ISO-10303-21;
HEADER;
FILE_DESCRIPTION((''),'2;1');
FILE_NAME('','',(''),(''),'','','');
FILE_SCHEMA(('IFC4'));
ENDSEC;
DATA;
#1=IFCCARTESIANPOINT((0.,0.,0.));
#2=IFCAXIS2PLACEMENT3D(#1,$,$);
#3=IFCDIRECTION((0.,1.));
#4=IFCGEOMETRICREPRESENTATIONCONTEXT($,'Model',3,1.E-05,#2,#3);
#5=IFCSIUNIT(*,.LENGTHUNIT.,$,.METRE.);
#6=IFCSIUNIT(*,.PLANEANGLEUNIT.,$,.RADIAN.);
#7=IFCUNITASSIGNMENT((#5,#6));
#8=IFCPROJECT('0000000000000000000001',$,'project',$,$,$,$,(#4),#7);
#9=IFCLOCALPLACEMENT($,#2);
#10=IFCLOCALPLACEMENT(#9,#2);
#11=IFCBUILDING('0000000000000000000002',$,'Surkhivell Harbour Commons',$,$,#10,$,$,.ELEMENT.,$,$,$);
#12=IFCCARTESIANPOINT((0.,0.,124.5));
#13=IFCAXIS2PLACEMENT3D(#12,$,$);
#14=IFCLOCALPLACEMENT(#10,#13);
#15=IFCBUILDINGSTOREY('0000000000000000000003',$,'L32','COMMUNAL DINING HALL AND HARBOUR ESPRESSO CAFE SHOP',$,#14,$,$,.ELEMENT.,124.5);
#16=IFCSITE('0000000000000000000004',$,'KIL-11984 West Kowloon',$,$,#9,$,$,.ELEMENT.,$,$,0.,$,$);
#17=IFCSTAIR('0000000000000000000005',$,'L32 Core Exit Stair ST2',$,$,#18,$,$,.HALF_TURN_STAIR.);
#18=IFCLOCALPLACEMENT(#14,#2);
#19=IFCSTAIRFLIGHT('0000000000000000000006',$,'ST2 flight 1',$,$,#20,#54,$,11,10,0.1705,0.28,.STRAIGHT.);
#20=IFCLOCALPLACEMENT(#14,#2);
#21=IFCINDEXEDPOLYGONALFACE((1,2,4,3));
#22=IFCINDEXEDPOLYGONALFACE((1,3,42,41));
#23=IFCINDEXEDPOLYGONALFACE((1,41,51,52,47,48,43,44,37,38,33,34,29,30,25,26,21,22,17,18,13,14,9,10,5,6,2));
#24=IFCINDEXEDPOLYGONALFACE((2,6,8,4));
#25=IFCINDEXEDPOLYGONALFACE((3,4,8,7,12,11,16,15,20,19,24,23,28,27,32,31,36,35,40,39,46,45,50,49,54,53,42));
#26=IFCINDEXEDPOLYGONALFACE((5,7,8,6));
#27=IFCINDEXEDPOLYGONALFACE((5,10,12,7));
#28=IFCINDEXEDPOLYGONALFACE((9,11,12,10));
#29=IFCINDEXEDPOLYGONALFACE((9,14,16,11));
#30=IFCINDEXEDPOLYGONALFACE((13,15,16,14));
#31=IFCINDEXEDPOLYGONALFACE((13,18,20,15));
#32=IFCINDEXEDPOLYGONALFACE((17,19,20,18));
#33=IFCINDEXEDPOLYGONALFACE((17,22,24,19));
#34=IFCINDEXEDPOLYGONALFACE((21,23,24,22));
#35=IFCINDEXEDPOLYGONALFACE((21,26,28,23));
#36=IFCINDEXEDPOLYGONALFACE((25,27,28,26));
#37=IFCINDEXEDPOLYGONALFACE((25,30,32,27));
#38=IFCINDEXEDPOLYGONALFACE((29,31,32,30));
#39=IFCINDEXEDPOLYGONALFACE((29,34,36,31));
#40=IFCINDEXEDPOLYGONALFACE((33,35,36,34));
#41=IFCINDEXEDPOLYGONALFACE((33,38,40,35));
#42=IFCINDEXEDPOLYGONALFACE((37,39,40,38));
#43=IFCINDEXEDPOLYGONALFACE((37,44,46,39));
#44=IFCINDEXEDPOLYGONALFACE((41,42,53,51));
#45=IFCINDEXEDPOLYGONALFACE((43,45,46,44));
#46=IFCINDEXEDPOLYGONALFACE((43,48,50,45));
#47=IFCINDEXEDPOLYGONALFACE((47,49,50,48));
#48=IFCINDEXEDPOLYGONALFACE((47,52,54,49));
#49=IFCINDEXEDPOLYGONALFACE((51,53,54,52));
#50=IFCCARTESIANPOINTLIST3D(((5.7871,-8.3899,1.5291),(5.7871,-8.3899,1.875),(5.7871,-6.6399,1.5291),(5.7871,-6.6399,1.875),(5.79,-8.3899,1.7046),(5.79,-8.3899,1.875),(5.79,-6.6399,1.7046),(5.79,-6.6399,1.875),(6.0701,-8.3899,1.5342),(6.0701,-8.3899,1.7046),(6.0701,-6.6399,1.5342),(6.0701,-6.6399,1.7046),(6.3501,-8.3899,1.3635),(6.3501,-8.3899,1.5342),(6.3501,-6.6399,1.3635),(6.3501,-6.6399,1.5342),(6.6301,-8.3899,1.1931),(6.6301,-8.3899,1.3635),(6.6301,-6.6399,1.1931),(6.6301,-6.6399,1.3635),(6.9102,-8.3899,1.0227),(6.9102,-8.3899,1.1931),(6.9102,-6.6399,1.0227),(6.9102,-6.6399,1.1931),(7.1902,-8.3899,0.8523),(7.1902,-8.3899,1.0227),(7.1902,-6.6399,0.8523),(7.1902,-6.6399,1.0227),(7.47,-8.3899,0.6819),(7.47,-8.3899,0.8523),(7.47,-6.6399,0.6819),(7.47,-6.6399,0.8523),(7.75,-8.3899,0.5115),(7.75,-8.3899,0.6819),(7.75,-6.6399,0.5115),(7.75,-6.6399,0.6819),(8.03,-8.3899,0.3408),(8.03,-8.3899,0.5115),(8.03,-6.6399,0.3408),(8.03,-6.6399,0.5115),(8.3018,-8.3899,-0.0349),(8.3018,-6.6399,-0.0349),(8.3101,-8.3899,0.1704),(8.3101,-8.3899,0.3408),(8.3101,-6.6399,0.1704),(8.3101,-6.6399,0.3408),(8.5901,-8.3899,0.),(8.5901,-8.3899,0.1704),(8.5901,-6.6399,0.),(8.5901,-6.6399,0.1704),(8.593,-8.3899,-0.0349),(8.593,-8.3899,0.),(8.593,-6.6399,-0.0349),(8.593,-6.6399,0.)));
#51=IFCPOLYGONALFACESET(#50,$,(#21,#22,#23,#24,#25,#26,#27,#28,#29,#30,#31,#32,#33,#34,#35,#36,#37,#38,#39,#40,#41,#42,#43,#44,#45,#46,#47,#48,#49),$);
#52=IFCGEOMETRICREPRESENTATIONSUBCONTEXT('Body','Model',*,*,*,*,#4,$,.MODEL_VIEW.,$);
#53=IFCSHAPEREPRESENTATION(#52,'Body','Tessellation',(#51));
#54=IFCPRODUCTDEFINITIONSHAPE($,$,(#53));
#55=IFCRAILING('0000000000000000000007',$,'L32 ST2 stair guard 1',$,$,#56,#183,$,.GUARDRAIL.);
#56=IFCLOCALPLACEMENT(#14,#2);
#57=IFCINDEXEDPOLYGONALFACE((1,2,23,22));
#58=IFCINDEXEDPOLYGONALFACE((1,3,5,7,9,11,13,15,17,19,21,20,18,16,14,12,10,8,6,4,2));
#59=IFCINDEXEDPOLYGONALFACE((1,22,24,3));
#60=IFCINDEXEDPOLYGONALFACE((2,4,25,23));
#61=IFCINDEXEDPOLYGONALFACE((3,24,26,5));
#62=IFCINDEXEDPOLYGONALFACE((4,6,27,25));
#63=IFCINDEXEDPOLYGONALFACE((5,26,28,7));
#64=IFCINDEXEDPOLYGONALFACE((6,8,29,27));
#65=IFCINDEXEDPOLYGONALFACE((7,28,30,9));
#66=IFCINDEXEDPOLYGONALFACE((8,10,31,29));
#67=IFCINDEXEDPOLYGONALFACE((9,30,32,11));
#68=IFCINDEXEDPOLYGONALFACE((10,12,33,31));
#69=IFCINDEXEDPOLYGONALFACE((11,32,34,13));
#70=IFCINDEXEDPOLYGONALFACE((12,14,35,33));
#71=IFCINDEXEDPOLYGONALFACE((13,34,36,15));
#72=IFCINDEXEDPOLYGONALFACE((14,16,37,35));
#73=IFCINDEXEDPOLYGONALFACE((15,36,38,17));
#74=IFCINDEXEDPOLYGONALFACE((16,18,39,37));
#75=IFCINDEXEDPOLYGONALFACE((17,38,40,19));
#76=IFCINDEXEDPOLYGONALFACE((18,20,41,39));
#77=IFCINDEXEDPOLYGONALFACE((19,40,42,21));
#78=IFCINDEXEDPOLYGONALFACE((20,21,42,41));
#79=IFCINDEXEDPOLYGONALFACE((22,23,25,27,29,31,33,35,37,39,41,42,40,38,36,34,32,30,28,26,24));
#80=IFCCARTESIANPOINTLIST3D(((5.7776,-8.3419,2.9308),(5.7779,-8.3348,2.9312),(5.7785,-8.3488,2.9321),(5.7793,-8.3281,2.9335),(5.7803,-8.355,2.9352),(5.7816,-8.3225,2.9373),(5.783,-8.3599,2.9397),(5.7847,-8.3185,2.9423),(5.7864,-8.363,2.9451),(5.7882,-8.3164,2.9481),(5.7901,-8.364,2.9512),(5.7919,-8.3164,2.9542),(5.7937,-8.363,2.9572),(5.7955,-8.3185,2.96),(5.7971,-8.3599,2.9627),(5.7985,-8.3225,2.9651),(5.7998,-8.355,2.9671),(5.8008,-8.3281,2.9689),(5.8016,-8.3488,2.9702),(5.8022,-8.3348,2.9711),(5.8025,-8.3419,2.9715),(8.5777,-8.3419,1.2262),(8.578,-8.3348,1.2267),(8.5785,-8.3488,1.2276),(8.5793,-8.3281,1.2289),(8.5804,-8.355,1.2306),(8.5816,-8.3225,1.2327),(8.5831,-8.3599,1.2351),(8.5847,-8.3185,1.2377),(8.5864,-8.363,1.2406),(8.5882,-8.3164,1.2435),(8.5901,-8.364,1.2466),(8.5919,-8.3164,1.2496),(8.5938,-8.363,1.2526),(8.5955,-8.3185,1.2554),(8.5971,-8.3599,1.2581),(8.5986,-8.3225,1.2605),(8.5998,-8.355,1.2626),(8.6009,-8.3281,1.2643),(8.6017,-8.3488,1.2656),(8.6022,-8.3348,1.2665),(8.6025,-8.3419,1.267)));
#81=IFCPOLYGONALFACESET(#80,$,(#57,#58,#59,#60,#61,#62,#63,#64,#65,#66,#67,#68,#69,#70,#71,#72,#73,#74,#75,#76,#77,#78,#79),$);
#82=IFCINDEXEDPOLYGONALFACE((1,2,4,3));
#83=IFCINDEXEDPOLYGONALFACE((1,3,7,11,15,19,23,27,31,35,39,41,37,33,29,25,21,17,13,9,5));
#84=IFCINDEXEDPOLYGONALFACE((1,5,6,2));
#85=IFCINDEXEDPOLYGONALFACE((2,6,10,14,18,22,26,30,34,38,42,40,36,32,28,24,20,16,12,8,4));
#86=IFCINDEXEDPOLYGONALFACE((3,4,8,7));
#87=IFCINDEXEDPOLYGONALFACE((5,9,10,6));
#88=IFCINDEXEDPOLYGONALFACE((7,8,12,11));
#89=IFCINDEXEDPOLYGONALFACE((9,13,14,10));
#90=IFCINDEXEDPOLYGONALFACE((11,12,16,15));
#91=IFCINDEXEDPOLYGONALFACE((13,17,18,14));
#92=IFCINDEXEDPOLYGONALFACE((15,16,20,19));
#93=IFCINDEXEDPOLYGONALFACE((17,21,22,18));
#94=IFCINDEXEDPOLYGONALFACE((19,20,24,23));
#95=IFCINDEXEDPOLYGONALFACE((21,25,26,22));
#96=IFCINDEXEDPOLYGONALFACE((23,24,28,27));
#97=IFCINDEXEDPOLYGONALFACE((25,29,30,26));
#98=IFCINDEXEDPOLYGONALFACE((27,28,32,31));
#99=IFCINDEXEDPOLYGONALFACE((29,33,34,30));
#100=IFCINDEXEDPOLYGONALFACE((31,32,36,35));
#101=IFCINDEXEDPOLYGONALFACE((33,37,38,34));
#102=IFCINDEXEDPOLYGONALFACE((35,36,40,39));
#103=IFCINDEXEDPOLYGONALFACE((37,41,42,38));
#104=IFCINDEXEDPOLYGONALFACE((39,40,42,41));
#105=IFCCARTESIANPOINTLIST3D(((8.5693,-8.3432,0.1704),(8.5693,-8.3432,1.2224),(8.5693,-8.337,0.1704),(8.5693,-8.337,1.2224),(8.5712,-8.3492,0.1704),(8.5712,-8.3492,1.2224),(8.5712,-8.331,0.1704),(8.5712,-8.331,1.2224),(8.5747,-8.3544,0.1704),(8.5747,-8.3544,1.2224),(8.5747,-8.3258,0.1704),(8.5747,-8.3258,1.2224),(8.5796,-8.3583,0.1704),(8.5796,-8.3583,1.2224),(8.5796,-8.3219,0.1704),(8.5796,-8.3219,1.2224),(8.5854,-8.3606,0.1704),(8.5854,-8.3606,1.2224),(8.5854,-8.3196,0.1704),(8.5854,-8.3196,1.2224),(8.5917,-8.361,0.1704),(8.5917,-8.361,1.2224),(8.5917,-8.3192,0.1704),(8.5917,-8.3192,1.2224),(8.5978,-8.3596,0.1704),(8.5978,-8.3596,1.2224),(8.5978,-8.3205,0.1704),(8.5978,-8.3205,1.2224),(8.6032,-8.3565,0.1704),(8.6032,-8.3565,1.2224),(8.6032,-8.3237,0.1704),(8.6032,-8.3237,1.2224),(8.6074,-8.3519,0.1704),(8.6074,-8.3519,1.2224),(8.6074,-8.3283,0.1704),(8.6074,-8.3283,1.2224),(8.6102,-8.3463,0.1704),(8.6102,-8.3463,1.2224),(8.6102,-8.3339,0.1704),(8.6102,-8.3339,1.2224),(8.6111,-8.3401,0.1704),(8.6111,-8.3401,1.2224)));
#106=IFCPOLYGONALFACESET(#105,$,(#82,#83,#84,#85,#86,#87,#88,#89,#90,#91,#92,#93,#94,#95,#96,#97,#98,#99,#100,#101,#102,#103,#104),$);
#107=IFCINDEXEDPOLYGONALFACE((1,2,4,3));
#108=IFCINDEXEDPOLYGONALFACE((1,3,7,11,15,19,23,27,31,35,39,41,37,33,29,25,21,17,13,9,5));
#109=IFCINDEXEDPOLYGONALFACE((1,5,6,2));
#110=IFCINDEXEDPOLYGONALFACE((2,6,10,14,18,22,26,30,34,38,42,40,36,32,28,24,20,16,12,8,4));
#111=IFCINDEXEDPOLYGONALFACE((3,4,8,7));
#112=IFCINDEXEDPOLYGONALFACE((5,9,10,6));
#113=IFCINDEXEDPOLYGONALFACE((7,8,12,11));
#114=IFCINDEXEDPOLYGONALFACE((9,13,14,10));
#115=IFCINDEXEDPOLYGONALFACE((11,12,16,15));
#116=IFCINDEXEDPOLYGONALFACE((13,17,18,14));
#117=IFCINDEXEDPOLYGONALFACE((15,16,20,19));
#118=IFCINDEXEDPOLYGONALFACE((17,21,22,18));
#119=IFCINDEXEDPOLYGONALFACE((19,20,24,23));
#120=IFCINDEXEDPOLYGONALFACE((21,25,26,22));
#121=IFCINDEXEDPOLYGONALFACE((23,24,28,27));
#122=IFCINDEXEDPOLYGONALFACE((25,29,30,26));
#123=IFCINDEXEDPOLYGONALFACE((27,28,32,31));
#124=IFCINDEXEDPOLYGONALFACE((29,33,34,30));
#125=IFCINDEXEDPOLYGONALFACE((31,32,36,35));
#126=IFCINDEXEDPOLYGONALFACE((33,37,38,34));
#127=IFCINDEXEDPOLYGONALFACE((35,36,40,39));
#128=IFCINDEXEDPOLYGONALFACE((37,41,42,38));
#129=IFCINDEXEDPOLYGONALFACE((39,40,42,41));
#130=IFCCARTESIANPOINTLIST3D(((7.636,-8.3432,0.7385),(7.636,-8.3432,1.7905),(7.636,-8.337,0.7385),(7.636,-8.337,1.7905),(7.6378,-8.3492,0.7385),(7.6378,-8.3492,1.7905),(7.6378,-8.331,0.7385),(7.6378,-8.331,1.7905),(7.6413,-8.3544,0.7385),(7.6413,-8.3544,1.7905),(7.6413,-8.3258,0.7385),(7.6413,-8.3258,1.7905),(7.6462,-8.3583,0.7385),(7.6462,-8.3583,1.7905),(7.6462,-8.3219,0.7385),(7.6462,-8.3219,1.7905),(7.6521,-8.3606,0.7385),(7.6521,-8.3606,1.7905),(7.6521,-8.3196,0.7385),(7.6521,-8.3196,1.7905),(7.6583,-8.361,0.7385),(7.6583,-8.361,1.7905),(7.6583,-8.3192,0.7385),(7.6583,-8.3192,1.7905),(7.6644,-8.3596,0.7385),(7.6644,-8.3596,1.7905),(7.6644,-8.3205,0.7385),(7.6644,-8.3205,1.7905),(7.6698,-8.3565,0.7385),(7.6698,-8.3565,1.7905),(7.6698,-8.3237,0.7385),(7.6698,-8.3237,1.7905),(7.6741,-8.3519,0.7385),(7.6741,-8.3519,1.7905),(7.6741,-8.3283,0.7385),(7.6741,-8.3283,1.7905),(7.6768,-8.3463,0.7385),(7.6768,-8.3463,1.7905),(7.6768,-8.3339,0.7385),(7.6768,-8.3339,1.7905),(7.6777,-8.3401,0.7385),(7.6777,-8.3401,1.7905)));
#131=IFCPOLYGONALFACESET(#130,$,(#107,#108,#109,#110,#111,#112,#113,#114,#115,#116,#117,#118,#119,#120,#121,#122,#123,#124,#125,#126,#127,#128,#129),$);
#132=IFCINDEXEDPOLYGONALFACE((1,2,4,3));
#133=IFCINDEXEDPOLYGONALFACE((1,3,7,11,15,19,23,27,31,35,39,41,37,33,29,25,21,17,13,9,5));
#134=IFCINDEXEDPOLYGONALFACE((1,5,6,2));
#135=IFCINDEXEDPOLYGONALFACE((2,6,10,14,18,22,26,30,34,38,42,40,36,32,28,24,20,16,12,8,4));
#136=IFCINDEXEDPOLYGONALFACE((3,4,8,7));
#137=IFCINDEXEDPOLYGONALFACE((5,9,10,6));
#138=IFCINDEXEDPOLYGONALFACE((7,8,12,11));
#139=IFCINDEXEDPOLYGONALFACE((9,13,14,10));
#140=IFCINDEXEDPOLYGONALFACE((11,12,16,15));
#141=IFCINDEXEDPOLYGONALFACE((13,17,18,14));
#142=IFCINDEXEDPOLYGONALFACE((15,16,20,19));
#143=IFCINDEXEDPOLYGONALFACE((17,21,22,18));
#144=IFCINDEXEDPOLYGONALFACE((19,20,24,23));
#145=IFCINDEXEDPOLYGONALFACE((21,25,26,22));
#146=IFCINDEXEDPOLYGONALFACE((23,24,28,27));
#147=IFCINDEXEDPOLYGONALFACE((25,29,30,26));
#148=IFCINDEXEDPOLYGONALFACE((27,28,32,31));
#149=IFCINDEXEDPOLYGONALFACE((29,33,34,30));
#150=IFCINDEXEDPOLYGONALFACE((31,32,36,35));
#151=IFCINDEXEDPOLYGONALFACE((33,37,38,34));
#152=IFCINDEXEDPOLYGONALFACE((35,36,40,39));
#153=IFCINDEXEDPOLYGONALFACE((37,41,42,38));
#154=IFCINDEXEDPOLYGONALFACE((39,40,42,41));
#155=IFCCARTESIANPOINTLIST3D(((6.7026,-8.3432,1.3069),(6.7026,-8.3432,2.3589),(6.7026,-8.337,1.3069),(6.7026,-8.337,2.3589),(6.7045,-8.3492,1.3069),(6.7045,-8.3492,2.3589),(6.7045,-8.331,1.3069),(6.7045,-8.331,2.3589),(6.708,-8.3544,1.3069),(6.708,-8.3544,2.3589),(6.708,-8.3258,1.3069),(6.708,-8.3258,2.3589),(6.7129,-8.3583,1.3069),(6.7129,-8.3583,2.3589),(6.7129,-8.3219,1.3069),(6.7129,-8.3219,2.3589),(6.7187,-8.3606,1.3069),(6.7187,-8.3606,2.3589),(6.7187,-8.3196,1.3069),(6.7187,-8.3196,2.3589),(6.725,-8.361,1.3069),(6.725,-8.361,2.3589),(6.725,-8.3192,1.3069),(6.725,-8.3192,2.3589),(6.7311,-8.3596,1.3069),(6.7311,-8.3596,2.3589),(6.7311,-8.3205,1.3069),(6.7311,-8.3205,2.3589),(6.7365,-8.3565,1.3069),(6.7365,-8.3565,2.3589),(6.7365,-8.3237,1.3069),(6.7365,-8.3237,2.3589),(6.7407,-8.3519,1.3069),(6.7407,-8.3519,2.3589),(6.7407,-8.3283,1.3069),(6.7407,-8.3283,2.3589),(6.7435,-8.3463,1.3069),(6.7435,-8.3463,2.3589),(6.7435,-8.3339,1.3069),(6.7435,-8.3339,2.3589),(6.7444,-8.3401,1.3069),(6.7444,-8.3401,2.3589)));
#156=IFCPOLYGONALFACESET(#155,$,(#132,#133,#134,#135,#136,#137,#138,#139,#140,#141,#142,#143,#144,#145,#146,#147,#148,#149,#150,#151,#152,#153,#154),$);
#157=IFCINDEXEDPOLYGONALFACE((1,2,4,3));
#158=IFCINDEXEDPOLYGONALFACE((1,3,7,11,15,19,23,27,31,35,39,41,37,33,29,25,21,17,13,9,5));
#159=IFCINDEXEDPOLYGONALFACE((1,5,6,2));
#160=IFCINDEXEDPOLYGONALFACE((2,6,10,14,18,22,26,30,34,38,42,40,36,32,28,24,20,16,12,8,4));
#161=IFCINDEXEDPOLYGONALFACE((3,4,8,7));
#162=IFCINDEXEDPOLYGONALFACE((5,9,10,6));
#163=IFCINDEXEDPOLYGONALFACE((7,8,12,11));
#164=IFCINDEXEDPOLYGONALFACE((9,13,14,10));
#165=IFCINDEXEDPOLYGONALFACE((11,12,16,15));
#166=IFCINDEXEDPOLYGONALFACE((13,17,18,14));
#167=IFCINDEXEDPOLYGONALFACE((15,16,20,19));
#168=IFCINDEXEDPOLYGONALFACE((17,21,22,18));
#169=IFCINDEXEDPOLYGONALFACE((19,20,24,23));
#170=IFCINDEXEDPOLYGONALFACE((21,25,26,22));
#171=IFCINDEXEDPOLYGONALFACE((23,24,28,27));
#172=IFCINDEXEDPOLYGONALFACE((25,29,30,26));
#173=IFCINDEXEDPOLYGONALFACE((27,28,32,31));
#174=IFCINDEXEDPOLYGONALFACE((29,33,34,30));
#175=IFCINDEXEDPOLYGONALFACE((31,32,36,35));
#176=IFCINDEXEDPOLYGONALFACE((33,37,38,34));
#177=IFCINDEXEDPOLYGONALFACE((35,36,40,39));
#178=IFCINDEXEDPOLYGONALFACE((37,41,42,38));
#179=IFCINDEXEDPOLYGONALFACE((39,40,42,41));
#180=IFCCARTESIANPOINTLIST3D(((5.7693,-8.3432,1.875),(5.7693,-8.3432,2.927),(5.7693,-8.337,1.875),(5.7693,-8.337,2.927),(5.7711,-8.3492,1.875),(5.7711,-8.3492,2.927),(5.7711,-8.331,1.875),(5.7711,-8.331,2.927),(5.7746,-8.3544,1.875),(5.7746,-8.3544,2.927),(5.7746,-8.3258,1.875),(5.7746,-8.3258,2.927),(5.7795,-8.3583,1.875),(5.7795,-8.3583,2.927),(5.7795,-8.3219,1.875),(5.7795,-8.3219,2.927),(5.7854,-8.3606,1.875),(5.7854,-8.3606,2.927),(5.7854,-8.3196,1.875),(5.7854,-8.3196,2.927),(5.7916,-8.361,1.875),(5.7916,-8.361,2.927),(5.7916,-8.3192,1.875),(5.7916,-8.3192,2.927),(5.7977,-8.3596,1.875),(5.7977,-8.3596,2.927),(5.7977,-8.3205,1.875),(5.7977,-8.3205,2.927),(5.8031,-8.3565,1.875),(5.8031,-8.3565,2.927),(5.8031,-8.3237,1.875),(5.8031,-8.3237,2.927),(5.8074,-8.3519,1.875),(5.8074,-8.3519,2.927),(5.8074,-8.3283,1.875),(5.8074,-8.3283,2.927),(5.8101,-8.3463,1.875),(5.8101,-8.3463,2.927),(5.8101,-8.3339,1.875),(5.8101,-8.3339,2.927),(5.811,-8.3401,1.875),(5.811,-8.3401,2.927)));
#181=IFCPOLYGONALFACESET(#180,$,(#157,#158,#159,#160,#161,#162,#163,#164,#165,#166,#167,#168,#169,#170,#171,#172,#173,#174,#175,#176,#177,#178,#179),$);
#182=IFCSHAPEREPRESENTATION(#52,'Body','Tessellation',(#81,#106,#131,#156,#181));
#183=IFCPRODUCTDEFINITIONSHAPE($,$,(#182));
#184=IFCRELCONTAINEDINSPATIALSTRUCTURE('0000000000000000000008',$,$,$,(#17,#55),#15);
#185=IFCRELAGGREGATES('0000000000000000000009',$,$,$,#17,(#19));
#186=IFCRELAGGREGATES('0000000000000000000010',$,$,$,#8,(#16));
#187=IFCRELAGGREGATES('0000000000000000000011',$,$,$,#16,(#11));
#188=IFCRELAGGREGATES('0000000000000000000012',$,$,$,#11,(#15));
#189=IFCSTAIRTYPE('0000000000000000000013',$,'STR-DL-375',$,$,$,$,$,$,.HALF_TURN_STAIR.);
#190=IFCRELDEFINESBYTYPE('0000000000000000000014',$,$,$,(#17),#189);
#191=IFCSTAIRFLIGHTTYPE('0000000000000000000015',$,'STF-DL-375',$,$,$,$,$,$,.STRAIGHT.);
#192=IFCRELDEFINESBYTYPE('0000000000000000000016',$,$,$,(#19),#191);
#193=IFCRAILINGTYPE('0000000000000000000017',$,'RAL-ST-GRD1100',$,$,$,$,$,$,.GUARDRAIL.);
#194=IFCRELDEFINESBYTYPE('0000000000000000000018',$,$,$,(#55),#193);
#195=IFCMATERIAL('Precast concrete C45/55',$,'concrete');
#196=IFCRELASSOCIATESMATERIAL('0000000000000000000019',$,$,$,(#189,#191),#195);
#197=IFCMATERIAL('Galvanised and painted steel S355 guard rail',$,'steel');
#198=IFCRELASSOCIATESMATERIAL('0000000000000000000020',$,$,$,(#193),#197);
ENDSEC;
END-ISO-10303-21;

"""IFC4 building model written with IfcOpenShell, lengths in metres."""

from ifc_helpers import new_model, si_unit, direction, frame, origin, origin_2d, place, context, subcontext, project, spatial, polyline, circle, outline, extrude, material, type_object, element, aggregate, save


model = new_model("IFC4")

# Units and contexts
model_context = context("Model", 3, precision=1e-05, world=origin(), true_north=direction((0.0, 1.0)))
body_context = subcontext(model_context, "Body", "Model", "MODEL_VIEW")
ifc_project = project(units=[si_unit("LENGTHUNIT", "METRE"), si_unit("PLANEANGLEUNIT", "RADIAN")], contexts=[model_context])

# Site, building, storey
site_placement = place(None, origin())
site = spatial("IfcSite", under=ifc_project, at=site_placement, Name="KIL-11984 West Kowloon", CompositionType="ELEMENT", RefElevation=0.0)
building_placement = place(site_placement, origin())
building = spatial("IfcBuilding", under=site, at=building_placement, Name="Surkhivell Harbour Commons", CompositionType="ELEMENT")
storey_placement = place(building_placement, frame((0.0, 0.0, 124.5)))
storey = spatial("IfcBuildingStorey", under=building, at=storey_placement, Name="L32", Description="COMMUNAL DINING HALL AND HARBOUR ESPRESSO CAFE SHOP", CompositionType="ELEMENT", Elevation=124.5)

# Stair, stair flight
ifc_material_1 = material(Name="Precast concrete C45/55", Category="concrete")
stair_type = type_object("IfcStairType", Name="STR-DL-375", PredefinedType="HALF_TURN_STAIR", material=ifc_material_1)
stair_placement = place(storey_placement, origin())
stair = element("IfcStair", 1, at=stair_placement, inside=storey, type_object=stair_type, Name="L32 Core Exit Stair ST2", PredefinedType="HALF_TURN_STAIR")
stair_flight_type = type_object("IfcStairFlightType", Name="STF-DL-375", PredefinedType="STRAIGHT", material=ifc_material_1)
stair_flight_placement = place(storey_placement, frame((8.5901, -7.5149, 0.0), z_axis=(0.0, 0.0, 1.0), x_axis=(-1.0, 0.0, 0.0)))
stair_flight = element("IfcStairFlight", 2, at=stair_flight_placement, type_object=stair_flight_type, Name="ST2 flight 1", NumberOfRisers=11, NumberOfTreads=10, PredefinedType="STRAIGHT", RiserHeight=0.1705, TreadLength=0.28, context=body_context, shape_type="SweptSolid", body=[
    extrude(outline(polyline([(-0.0029, -0.0349), (-0.0029, 0.0), (0.0, 0.0), (0.0, 0.1704), (0.28, 0.1704), (0.28, 0.3408), (0.5601, 0.3408), (0.5601, 0.5115), (0.8401, 0.5115), (0.8401, 0.6819), (1.1201, 0.6819), (1.1201, 0.8523), (1.3999, 0.8523), (1.3999, 1.0227), (1.6799, 1.0227), (1.6799, 1.1931), (1.96, 1.1931), (1.96, 1.3635), (2.24, 1.3635), (2.24, 1.5342), (2.52, 1.5342), (2.52, 1.7046), (2.8, 1.7046), (2.8, 1.875), (2.803, 1.875), (2.803, 1.5291), (0.2883, -0.0349), (-0.0029, -0.0349)])), frame((0.0, 0.875, 0.0), z_axis=(0.0, -1.0, 0.0), x_axis=(1.0, 0.0, 0.0)), (0.0, 0.0, 1.0), 1.75),
])
aggregate(stair, [stair_flight])

# Railing
ifc_material_2 = material(Name="Galvanised and painted steel S355 guard rail", Category="steel")
railing_type = type_object("IfcRailingType", Name="RAL-ST-GRD1100", PredefinedType="GUARDRAIL", material=ifc_material_2)
railing_1_placement = place(storey_placement, frame((8.5901, -8.3401, 0.1704)))
element("IfcRailing", 3, at=railing_1_placement, inside=storey, type_object=railing_type, Name="L32 ST2 stair guard 1", PredefinedType="GUARDRAIL", context=body_context, shape_type="SweptSolid", body=[
    extrude(circle(Radius=0.0239, at=origin_2d()), frame((0.0, 0.0, 1.0762), z_axis=(-0.85417, 0.0, 0.519994), x_axis=(0.0, -1.0, 0.0)), (0.0, 0.0, 1.0), 3.2781),
    extrude(circle(Radius=0.021, at=origin_2d()), origin(), (0.0, 0.0, 1.0), 1.052),
    extrude(circle(Radius=0.021, at=origin_2d()), frame((-0.9333, 0.0, 0.5681)), (0.0, 0.0, 1.0), 1.052),
    extrude(circle(Radius=0.021, at=origin_2d()), frame((-1.8667, 0.0, 1.1365)), (0.0, 0.0, 1.0), 1.052),
    extrude(circle(Radius=0.021, at=origin_2d()), frame((-2.8, 0.0, 1.7046)), (0.0, 0.0, 1.0), 1.052),
])

save(model, "model.ifc")
